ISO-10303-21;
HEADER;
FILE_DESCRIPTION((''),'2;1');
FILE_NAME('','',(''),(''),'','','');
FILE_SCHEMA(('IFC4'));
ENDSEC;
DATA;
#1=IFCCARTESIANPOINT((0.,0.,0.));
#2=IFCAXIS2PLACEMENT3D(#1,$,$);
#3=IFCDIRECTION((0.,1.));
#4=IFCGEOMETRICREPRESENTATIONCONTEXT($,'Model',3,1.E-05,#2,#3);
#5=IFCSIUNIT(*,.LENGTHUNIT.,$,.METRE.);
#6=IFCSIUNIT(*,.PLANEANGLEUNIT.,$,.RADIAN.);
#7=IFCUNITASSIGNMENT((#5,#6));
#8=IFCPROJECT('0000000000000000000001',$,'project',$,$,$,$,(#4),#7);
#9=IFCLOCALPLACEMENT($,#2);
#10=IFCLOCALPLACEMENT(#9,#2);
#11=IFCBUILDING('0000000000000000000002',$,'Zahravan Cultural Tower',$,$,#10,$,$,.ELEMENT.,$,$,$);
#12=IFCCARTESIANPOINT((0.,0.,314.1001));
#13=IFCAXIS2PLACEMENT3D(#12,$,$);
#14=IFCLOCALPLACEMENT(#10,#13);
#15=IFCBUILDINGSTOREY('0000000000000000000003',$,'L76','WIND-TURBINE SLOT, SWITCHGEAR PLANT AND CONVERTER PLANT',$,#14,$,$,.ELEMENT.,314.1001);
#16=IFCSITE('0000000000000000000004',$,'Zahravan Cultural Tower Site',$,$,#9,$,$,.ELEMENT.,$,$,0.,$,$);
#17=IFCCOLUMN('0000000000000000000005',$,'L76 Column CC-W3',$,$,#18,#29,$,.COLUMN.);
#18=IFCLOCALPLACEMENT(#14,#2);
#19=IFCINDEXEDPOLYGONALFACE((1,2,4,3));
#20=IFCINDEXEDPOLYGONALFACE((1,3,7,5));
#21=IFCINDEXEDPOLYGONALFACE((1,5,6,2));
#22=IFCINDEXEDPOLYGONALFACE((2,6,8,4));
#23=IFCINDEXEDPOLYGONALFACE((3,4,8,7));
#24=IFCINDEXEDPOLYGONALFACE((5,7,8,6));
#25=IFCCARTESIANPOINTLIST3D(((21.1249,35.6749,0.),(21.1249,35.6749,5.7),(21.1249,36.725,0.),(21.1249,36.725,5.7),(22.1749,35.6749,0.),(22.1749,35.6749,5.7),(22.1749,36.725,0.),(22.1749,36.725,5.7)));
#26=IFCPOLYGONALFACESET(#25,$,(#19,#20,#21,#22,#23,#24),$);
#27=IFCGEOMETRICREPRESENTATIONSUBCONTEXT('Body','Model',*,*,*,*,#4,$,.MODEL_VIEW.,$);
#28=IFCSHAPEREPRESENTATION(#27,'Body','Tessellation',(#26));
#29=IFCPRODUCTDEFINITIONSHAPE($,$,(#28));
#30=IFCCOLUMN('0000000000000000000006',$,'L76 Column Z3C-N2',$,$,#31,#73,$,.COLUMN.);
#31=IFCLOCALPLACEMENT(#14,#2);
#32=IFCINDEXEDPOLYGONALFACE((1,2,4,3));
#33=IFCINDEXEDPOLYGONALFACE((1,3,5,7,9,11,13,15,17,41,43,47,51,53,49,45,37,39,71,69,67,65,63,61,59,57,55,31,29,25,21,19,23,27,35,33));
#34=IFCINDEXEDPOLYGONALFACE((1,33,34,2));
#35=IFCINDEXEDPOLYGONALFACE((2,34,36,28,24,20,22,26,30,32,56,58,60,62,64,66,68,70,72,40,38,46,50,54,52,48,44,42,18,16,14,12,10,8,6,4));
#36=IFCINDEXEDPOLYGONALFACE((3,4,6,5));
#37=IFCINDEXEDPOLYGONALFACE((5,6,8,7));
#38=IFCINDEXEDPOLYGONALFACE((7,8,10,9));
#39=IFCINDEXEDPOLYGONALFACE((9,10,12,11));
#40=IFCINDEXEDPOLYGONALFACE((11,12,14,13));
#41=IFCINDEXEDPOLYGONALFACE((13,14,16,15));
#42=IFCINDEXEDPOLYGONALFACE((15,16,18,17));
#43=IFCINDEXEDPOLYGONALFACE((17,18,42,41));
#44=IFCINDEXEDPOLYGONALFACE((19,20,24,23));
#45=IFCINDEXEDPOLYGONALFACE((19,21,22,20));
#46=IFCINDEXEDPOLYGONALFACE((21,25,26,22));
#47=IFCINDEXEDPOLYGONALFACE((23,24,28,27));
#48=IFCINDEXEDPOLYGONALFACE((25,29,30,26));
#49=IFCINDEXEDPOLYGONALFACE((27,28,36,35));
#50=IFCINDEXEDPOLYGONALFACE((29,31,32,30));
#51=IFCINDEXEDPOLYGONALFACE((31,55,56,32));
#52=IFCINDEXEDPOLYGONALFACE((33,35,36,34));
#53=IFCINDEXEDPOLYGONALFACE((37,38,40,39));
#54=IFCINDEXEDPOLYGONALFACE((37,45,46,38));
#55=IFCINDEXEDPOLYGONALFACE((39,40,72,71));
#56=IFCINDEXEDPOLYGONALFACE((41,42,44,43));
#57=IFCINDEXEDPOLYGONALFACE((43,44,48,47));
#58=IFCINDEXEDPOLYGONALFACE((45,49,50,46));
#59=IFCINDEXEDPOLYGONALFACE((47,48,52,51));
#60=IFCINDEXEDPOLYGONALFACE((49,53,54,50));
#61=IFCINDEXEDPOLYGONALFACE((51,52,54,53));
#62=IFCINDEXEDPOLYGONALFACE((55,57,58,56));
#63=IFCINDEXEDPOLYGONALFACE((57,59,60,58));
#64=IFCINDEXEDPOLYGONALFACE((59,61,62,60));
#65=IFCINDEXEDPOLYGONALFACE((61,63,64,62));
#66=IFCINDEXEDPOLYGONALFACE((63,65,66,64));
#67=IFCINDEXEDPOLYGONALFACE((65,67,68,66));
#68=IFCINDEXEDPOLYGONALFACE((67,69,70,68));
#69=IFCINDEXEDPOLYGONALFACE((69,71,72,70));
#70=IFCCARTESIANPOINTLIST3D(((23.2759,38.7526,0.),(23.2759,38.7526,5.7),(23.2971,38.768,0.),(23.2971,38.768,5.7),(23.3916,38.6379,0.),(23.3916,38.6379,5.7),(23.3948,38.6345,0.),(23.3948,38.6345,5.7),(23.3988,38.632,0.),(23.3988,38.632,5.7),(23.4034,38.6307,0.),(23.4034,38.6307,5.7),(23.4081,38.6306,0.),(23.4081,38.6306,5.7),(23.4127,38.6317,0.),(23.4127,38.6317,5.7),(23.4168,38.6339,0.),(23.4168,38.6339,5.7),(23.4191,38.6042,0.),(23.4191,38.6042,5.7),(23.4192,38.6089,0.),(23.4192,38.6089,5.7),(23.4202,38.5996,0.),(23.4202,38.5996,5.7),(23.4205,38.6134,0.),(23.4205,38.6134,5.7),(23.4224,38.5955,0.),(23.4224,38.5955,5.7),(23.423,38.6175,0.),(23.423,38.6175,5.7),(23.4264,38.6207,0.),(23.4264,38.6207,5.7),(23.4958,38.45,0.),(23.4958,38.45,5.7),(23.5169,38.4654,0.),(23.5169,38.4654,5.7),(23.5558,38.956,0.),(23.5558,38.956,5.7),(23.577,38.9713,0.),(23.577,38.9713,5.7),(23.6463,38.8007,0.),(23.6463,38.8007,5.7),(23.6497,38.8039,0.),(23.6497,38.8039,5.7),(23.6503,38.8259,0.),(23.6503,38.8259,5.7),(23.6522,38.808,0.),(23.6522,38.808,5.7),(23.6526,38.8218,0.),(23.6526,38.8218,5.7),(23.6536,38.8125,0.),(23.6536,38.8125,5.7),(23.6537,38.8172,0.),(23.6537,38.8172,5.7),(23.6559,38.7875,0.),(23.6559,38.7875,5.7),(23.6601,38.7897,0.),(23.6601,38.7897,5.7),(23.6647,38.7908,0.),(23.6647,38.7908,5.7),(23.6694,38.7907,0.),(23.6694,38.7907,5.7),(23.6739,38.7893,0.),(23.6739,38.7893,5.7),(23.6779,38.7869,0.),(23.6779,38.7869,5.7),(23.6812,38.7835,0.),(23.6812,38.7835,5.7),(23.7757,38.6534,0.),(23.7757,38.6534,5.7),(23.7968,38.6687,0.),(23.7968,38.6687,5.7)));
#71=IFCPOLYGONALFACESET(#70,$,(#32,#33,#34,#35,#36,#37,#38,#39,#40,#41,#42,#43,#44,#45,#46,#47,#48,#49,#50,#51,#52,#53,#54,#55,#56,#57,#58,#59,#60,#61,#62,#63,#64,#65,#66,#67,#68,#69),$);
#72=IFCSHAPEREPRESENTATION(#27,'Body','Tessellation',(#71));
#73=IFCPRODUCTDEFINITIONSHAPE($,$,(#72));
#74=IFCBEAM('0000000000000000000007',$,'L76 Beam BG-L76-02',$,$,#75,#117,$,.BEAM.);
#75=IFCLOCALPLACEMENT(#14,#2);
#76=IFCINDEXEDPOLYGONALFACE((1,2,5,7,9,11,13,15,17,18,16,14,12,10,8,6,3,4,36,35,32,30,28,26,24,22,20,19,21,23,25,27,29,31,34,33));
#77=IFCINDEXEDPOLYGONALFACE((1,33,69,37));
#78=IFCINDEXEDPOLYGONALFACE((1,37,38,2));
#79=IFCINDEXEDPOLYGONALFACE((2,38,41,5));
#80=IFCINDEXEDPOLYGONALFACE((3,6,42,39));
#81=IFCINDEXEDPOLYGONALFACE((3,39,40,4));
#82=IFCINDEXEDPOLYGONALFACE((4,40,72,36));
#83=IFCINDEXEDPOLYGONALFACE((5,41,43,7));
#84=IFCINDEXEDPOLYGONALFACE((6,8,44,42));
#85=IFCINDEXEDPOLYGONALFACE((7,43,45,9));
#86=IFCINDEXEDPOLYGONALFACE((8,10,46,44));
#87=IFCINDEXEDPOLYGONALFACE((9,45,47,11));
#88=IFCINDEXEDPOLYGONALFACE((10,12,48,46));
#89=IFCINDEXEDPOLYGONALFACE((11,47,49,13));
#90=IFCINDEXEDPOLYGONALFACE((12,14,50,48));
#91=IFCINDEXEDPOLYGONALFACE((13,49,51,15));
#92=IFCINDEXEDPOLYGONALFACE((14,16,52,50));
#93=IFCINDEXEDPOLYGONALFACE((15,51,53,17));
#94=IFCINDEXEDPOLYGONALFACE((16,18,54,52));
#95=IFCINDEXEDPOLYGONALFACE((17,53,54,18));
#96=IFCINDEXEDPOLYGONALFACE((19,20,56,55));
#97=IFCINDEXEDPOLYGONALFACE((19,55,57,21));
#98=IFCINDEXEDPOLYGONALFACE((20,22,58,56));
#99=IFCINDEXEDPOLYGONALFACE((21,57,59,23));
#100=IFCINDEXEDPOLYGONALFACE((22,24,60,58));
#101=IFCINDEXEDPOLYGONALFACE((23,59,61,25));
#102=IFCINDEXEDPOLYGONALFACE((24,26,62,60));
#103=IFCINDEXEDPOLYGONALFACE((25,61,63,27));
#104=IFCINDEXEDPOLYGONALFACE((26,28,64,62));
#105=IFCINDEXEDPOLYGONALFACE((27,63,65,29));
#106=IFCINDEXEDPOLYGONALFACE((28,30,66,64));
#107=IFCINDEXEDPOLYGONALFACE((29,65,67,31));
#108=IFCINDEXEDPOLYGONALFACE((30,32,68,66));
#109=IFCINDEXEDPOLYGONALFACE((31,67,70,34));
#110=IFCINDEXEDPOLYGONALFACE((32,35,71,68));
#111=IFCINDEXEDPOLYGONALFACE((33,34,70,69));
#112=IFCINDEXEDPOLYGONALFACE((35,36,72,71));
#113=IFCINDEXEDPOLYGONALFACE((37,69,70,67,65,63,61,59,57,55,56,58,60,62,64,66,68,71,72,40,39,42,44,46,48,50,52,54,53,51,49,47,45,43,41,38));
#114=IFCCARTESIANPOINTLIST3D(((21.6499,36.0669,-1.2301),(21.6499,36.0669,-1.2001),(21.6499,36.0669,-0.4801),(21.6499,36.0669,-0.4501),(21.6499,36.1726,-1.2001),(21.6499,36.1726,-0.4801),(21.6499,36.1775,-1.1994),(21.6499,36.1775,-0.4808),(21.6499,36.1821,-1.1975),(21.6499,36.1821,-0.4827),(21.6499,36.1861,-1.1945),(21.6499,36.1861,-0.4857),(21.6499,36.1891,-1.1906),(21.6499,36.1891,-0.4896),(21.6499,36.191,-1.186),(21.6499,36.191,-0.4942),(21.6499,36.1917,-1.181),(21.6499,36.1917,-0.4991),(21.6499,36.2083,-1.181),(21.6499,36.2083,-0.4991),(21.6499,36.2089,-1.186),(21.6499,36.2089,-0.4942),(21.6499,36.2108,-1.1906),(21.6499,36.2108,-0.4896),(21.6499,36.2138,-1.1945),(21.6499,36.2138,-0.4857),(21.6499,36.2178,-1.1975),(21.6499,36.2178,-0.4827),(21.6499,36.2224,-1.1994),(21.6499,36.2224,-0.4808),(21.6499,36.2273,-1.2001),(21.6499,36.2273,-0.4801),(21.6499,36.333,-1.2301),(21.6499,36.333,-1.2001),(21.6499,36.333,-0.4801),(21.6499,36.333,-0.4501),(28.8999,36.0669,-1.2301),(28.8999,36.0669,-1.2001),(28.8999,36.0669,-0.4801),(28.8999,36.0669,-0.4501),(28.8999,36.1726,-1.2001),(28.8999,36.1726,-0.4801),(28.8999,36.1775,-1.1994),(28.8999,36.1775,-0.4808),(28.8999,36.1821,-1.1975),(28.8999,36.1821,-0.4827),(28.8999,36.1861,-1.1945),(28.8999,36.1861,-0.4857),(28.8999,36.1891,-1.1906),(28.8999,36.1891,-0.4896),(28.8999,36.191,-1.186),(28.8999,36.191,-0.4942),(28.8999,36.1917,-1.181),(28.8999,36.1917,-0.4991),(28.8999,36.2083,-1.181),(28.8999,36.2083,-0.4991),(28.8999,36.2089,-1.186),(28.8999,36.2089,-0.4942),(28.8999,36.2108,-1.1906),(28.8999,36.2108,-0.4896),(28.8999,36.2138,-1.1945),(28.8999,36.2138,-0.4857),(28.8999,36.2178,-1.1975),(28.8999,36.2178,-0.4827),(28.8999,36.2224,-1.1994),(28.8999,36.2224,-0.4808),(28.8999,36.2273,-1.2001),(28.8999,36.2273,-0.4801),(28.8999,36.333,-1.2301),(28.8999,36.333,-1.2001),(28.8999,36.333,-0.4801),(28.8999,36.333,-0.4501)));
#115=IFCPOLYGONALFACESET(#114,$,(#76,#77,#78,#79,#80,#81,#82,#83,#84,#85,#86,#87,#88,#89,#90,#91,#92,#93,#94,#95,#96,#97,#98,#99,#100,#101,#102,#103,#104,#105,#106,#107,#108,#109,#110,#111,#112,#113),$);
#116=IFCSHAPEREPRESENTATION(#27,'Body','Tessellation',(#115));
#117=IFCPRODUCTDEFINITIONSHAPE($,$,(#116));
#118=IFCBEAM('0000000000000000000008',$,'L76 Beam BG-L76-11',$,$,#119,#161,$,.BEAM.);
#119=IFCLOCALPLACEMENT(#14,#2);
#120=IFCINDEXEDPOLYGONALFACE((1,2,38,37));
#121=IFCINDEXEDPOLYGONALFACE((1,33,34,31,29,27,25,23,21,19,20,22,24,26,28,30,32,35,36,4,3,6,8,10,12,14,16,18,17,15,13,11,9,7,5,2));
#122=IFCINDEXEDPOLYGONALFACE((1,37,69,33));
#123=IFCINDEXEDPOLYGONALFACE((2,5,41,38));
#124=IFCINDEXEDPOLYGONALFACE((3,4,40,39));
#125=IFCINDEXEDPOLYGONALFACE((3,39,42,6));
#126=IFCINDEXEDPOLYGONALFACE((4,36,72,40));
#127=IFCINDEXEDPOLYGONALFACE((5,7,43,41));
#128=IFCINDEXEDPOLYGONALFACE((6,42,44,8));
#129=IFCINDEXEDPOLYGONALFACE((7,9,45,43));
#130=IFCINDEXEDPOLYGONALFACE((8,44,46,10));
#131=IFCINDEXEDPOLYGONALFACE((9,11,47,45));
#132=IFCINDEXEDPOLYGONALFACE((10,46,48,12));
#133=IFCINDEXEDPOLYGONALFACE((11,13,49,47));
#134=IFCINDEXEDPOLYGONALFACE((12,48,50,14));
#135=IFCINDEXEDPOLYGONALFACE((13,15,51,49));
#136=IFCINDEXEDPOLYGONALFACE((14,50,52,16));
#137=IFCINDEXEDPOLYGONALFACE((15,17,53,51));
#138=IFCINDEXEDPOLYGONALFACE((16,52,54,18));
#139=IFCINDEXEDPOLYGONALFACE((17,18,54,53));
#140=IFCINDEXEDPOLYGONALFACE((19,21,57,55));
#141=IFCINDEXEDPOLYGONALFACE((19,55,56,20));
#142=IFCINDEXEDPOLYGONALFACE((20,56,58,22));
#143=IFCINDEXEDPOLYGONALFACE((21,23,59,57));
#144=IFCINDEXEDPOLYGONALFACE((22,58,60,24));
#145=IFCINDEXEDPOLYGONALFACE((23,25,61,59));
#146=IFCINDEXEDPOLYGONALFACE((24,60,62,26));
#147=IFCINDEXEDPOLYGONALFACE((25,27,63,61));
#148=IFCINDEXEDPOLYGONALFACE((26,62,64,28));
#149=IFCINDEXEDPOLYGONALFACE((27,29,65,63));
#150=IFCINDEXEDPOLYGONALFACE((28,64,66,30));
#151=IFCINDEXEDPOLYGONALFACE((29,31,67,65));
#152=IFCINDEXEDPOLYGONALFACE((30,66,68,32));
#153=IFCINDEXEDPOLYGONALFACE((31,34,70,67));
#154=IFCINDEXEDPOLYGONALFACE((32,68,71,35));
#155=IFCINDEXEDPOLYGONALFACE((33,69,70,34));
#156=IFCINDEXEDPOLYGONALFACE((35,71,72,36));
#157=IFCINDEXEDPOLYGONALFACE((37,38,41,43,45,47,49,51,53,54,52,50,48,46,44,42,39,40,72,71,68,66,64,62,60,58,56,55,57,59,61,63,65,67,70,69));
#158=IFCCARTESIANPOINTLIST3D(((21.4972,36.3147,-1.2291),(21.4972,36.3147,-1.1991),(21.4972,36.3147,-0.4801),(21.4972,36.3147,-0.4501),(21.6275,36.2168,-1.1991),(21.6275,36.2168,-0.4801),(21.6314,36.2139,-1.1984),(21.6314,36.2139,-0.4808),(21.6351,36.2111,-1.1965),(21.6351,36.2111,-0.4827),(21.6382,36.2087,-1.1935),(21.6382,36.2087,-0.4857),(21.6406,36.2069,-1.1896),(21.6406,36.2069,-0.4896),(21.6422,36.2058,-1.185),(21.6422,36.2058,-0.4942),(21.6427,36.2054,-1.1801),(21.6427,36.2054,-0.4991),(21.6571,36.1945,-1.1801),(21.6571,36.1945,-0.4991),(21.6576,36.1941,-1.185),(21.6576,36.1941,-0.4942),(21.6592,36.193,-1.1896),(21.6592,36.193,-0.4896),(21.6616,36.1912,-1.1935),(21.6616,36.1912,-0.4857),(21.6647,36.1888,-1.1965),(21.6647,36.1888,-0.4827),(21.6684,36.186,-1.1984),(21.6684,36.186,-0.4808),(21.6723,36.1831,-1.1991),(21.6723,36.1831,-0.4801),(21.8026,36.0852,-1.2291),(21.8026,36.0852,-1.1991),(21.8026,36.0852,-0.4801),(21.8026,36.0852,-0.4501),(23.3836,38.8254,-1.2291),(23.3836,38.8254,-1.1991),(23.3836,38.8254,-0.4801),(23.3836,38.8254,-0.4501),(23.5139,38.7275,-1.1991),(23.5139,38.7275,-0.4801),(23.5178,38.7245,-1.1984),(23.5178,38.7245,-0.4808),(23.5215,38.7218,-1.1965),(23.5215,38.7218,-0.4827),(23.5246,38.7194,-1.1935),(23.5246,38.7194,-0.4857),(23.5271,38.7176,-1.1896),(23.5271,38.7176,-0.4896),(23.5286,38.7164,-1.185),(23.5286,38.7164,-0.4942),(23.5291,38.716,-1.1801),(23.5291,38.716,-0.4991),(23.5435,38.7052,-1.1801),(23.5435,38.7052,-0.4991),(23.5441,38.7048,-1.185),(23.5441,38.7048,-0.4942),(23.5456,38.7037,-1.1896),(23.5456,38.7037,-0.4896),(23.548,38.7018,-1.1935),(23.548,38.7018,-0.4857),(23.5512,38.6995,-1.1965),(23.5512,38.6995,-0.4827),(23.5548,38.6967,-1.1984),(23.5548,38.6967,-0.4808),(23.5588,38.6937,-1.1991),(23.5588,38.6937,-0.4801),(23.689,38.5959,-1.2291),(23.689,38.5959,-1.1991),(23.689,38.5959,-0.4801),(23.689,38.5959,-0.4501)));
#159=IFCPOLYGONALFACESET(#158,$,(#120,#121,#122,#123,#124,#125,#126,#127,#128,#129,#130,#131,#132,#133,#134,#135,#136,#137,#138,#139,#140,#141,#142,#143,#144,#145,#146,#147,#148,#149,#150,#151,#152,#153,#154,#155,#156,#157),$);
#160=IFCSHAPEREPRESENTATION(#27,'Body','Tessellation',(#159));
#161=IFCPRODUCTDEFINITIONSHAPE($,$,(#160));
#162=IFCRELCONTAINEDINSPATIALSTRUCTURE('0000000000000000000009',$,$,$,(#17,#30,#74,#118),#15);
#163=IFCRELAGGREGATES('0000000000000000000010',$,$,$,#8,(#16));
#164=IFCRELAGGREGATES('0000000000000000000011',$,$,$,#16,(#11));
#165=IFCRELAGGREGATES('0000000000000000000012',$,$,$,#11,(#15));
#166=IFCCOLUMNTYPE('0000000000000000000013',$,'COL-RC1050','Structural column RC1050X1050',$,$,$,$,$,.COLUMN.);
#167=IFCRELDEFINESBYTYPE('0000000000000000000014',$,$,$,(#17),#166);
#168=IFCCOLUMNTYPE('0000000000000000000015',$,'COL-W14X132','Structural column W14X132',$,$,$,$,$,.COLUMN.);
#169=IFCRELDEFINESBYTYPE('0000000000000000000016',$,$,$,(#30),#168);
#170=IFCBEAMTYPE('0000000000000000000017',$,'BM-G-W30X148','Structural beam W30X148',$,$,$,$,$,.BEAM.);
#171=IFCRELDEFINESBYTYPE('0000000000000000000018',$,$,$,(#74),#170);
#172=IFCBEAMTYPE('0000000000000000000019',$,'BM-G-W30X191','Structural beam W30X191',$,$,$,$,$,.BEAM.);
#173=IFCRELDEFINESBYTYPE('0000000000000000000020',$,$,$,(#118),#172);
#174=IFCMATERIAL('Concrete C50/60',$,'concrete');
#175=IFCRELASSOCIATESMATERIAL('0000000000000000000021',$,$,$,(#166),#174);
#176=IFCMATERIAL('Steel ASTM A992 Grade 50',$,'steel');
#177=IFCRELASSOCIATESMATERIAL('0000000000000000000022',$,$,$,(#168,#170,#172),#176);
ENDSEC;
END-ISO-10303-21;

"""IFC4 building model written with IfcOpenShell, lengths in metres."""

from ifc_helpers import new_model, si_unit, direction, frame, origin, origin_2d, place, context, subcontext, project, spatial, rectangle, i_section, extrude, source, transform, mapped, material, material_profile, profile_set, type_object, element, save


model = new_model("IFC4")

# Units and contexts
model_context = context("Model", 3, precision=1e-05, world=origin(), true_north=direction((0.0, 1.0)))
body_context = subcontext(model_context, "Body", "Model", "MODEL_VIEW")
ifc_project = project(units=[si_unit("LENGTHUNIT", "METRE"), si_unit("PLANEANGLEUNIT", "RADIAN")], contexts=[model_context])

# Site, building, storey
site_placement = place(None, origin())
site = spatial("IfcSite", under=ifc_project, at=site_placement, Name="Zahravan Cultural Tower Site", CompositionType="ELEMENT", RefElevation=0.0)
building_placement = place(site_placement, origin())
building = spatial("IfcBuilding", under=site, at=building_placement, Name="Zahravan Cultural Tower", CompositionType="ELEMENT")
storey_placement = place(building_placement, frame((0.0, 0.0, 314.1001)))
storey = spatial("IfcBuildingStorey", under=building, at=storey_placement, Name="L76", Description="WIND-TURBINE SLOT, SWITCHGEAR PLANT AND CONVERTER PLANT", CompositionType="ELEMENT", Elevation=314.1001)

# Columns
ifc_material_1 = material(Name="Concrete C50/60", Category="concrete")
ifc_material_profile_1 = material_profile(ifc_material_1, rectangle(XDim=1.05, YDim=1.05, at=origin_2d()), Name="RC1050X1050")
ifc_profile_set_1 = profile_set([ifc_material_profile_1], Name="Concrete C50/60")
column_type_1 = type_object("IfcColumnType", Name="COL-RC1050", Description="Structural column RC1050X1050", PredefinedType="COLUMN", material=ifc_profile_set_1)
shared_shape_1 = source(origin(), body_context, "Body", "SweptSolid", [
    extrude(rectangle(XDim=1.05, YDim=1.05, at=origin_2d()), origin(), (0.0, 0.0, 1.0), 5.7),
])
column_1_placement = place(storey_placement, frame((21.6499, 36.2, 0.0), z_axis=(0.0, 0.0, 1.0), x_axis=(1.0, 0.0, 0.0)))
element("IfcColumn", 1, at=column_1_placement, inside=storey, type_object=column_type_1, Name="L76 Column CC-W3", PredefinedType="COLUMN", context=body_context, shape_type="MappedRepresentation", body=[
    mapped(shared_shape_1, transform((0.0, 0.0, 0.0), x_axis=(1.0, 0.0, 0.0), y_axis=(0.0, 1.0, 0.0), z_axis=(0.0, 0.0, 1.0), scale=1.0)),
])
ifc_material_2 = material(Name="Steel ASTM A992 Grade 50", Category="steel")
ifc_material_profile_2 = material_profile(ifc_material_2, i_section(OverallWidth=0.374, OverallDepth=0.3721, WebThickness=0.0164, FlangeThickness=0.0261, FilletRadius=0.0181, at=origin_2d()), Name="W14X132")
ifc_profile_set_2 = profile_set([ifc_material_profile_2], Name="Steel ASTM A992 Grade 50")
column_type_2 = type_object("IfcColumnType", Name="COL-W14X132", Description="Structural column W14X132", PredefinedType="COLUMN", material=ifc_profile_set_2)
shared_shape_2 = source(origin(), body_context, "Body", "SweptSolid", [
    extrude(i_section(OverallWidth=0.374, OverallDepth=0.3721, WebThickness=0.0164, FlangeThickness=0.0261, FilletRadius=0.0181, at=origin_2d()), origin(), (0.0, 0.0, 1.0), 5.7),
])
column_2_placement = place(storey_placement, frame((23.5364, 38.7107, 0.0), z_axis=(0.0, 0.0, 1.0), x_axis=(-0.587785, 0.809017, 0.0)))
element("IfcColumn", 2, at=column_2_placement, inside=storey, type_object=column_type_2, Name="L76 Column Z3C-N2", PredefinedType="COLUMN", context=body_context, shape_type="MappedRepresentation", body=[
    mapped(shared_shape_2, transform((0.0, 0.0, 0.0), x_axis=(1.0, 0.0, 0.0), y_axis=(0.0, 1.0, 0.0), z_axis=(0.0, 0.0, 1.0), scale=1.0)),
])

# Beams
ifc_material_profile_3 = material_profile(ifc_material_2, i_section(OverallWidth=0.2661, OverallDepth=0.78, WebThickness=0.0166, FlangeThickness=0.03, FilletRadius=0.019, at=origin_2d()), Name="W30X148")
ifc_profile_set_3 = profile_set([ifc_material_profile_3], Name="Steel ASTM A992 Grade 50")
beam_type_1 = type_object("IfcBeamType", Name="BM-G-W30X148", Description="Structural beam W30X148", PredefinedType="BEAM", material=ifc_profile_set_3)
shared_shape_3 = source(origin(), body_context, "Body", "SweptSolid", [
    extrude(i_section(OverallWidth=0.2661, OverallDepth=0.78, WebThickness=0.0166, FlangeThickness=0.03, FilletRadius=0.019, at=origin_2d()), origin(), (0.0, 0.0, 1.0), 7.25),
])
beam_1_placement = place(storey_placement, frame((21.6499, 36.2, -0.8401), z_axis=(1.0, 0.0, 0.0), x_axis=(0.0, 1.0, 0.0)))
element("IfcBeam", 3, at=beam_1_placement, inside=storey, type_object=beam_type_1, Name="L76 Beam BG-L76-02", PredefinedType="BEAM", context=body_context, shape_type="MappedRepresentation", body=[
    mapped(shared_shape_3, transform((0.0, 0.0, 0.0), x_axis=(1.0, 0.0, 0.0), y_axis=(0.0, 1.0, 0.0), z_axis=(0.0, 0.0, 1.0), scale=1.0)),
])
ifc_material_profile_4 = material_profile(ifc_material_2, i_section(OverallWidth=0.3821, OverallDepth=0.7791, WebThickness=0.0181, FlangeThickness=0.03, FilletRadius=0.019, at=origin_2d()), Name="W30X191")
ifc_profile_set_4 = profile_set([ifc_material_profile_4], Name="Steel ASTM A992 Grade 50")
beam_type_2 = type_object("IfcBeamType", Name="BM-G-W30X191", Description="Structural beam W30X191", PredefinedType="BEAM", material=ifc_profile_set_4)
shared_shape_4 = source(origin(), body_context, "Body", "SweptSolid", [
    extrude(i_section(OverallWidth=0.3821, OverallDepth=0.7791, WebThickness=0.0181, FlangeThickness=0.03, FilletRadius=0.019, at=origin_2d()), origin(), (0.0, 0.0, 1.0), 3.1404),
])
beam_2_placement = place(storey_placement, frame((21.6499, 36.2, -0.8396), z_axis=(0.600696, 0.799477, 0.0), x_axis=(-0.799477, 0.600696, 0.0)))
element("IfcBeam", 4, at=beam_2_placement, inside=storey, type_object=beam_type_2, Name="L76 Beam BG-L76-11", PredefinedType="BEAM", context=body_context, shape_type="MappedRepresentation", body=[
    mapped(shared_shape_4, transform((0.0, 0.0, 0.0), x_axis=(1.0, 0.0, 0.0), y_axis=(0.0, 1.0, 0.0), z_axis=(0.0, 0.0, 1.0), scale=1.0)),
])

save(model, "model.ifc")
